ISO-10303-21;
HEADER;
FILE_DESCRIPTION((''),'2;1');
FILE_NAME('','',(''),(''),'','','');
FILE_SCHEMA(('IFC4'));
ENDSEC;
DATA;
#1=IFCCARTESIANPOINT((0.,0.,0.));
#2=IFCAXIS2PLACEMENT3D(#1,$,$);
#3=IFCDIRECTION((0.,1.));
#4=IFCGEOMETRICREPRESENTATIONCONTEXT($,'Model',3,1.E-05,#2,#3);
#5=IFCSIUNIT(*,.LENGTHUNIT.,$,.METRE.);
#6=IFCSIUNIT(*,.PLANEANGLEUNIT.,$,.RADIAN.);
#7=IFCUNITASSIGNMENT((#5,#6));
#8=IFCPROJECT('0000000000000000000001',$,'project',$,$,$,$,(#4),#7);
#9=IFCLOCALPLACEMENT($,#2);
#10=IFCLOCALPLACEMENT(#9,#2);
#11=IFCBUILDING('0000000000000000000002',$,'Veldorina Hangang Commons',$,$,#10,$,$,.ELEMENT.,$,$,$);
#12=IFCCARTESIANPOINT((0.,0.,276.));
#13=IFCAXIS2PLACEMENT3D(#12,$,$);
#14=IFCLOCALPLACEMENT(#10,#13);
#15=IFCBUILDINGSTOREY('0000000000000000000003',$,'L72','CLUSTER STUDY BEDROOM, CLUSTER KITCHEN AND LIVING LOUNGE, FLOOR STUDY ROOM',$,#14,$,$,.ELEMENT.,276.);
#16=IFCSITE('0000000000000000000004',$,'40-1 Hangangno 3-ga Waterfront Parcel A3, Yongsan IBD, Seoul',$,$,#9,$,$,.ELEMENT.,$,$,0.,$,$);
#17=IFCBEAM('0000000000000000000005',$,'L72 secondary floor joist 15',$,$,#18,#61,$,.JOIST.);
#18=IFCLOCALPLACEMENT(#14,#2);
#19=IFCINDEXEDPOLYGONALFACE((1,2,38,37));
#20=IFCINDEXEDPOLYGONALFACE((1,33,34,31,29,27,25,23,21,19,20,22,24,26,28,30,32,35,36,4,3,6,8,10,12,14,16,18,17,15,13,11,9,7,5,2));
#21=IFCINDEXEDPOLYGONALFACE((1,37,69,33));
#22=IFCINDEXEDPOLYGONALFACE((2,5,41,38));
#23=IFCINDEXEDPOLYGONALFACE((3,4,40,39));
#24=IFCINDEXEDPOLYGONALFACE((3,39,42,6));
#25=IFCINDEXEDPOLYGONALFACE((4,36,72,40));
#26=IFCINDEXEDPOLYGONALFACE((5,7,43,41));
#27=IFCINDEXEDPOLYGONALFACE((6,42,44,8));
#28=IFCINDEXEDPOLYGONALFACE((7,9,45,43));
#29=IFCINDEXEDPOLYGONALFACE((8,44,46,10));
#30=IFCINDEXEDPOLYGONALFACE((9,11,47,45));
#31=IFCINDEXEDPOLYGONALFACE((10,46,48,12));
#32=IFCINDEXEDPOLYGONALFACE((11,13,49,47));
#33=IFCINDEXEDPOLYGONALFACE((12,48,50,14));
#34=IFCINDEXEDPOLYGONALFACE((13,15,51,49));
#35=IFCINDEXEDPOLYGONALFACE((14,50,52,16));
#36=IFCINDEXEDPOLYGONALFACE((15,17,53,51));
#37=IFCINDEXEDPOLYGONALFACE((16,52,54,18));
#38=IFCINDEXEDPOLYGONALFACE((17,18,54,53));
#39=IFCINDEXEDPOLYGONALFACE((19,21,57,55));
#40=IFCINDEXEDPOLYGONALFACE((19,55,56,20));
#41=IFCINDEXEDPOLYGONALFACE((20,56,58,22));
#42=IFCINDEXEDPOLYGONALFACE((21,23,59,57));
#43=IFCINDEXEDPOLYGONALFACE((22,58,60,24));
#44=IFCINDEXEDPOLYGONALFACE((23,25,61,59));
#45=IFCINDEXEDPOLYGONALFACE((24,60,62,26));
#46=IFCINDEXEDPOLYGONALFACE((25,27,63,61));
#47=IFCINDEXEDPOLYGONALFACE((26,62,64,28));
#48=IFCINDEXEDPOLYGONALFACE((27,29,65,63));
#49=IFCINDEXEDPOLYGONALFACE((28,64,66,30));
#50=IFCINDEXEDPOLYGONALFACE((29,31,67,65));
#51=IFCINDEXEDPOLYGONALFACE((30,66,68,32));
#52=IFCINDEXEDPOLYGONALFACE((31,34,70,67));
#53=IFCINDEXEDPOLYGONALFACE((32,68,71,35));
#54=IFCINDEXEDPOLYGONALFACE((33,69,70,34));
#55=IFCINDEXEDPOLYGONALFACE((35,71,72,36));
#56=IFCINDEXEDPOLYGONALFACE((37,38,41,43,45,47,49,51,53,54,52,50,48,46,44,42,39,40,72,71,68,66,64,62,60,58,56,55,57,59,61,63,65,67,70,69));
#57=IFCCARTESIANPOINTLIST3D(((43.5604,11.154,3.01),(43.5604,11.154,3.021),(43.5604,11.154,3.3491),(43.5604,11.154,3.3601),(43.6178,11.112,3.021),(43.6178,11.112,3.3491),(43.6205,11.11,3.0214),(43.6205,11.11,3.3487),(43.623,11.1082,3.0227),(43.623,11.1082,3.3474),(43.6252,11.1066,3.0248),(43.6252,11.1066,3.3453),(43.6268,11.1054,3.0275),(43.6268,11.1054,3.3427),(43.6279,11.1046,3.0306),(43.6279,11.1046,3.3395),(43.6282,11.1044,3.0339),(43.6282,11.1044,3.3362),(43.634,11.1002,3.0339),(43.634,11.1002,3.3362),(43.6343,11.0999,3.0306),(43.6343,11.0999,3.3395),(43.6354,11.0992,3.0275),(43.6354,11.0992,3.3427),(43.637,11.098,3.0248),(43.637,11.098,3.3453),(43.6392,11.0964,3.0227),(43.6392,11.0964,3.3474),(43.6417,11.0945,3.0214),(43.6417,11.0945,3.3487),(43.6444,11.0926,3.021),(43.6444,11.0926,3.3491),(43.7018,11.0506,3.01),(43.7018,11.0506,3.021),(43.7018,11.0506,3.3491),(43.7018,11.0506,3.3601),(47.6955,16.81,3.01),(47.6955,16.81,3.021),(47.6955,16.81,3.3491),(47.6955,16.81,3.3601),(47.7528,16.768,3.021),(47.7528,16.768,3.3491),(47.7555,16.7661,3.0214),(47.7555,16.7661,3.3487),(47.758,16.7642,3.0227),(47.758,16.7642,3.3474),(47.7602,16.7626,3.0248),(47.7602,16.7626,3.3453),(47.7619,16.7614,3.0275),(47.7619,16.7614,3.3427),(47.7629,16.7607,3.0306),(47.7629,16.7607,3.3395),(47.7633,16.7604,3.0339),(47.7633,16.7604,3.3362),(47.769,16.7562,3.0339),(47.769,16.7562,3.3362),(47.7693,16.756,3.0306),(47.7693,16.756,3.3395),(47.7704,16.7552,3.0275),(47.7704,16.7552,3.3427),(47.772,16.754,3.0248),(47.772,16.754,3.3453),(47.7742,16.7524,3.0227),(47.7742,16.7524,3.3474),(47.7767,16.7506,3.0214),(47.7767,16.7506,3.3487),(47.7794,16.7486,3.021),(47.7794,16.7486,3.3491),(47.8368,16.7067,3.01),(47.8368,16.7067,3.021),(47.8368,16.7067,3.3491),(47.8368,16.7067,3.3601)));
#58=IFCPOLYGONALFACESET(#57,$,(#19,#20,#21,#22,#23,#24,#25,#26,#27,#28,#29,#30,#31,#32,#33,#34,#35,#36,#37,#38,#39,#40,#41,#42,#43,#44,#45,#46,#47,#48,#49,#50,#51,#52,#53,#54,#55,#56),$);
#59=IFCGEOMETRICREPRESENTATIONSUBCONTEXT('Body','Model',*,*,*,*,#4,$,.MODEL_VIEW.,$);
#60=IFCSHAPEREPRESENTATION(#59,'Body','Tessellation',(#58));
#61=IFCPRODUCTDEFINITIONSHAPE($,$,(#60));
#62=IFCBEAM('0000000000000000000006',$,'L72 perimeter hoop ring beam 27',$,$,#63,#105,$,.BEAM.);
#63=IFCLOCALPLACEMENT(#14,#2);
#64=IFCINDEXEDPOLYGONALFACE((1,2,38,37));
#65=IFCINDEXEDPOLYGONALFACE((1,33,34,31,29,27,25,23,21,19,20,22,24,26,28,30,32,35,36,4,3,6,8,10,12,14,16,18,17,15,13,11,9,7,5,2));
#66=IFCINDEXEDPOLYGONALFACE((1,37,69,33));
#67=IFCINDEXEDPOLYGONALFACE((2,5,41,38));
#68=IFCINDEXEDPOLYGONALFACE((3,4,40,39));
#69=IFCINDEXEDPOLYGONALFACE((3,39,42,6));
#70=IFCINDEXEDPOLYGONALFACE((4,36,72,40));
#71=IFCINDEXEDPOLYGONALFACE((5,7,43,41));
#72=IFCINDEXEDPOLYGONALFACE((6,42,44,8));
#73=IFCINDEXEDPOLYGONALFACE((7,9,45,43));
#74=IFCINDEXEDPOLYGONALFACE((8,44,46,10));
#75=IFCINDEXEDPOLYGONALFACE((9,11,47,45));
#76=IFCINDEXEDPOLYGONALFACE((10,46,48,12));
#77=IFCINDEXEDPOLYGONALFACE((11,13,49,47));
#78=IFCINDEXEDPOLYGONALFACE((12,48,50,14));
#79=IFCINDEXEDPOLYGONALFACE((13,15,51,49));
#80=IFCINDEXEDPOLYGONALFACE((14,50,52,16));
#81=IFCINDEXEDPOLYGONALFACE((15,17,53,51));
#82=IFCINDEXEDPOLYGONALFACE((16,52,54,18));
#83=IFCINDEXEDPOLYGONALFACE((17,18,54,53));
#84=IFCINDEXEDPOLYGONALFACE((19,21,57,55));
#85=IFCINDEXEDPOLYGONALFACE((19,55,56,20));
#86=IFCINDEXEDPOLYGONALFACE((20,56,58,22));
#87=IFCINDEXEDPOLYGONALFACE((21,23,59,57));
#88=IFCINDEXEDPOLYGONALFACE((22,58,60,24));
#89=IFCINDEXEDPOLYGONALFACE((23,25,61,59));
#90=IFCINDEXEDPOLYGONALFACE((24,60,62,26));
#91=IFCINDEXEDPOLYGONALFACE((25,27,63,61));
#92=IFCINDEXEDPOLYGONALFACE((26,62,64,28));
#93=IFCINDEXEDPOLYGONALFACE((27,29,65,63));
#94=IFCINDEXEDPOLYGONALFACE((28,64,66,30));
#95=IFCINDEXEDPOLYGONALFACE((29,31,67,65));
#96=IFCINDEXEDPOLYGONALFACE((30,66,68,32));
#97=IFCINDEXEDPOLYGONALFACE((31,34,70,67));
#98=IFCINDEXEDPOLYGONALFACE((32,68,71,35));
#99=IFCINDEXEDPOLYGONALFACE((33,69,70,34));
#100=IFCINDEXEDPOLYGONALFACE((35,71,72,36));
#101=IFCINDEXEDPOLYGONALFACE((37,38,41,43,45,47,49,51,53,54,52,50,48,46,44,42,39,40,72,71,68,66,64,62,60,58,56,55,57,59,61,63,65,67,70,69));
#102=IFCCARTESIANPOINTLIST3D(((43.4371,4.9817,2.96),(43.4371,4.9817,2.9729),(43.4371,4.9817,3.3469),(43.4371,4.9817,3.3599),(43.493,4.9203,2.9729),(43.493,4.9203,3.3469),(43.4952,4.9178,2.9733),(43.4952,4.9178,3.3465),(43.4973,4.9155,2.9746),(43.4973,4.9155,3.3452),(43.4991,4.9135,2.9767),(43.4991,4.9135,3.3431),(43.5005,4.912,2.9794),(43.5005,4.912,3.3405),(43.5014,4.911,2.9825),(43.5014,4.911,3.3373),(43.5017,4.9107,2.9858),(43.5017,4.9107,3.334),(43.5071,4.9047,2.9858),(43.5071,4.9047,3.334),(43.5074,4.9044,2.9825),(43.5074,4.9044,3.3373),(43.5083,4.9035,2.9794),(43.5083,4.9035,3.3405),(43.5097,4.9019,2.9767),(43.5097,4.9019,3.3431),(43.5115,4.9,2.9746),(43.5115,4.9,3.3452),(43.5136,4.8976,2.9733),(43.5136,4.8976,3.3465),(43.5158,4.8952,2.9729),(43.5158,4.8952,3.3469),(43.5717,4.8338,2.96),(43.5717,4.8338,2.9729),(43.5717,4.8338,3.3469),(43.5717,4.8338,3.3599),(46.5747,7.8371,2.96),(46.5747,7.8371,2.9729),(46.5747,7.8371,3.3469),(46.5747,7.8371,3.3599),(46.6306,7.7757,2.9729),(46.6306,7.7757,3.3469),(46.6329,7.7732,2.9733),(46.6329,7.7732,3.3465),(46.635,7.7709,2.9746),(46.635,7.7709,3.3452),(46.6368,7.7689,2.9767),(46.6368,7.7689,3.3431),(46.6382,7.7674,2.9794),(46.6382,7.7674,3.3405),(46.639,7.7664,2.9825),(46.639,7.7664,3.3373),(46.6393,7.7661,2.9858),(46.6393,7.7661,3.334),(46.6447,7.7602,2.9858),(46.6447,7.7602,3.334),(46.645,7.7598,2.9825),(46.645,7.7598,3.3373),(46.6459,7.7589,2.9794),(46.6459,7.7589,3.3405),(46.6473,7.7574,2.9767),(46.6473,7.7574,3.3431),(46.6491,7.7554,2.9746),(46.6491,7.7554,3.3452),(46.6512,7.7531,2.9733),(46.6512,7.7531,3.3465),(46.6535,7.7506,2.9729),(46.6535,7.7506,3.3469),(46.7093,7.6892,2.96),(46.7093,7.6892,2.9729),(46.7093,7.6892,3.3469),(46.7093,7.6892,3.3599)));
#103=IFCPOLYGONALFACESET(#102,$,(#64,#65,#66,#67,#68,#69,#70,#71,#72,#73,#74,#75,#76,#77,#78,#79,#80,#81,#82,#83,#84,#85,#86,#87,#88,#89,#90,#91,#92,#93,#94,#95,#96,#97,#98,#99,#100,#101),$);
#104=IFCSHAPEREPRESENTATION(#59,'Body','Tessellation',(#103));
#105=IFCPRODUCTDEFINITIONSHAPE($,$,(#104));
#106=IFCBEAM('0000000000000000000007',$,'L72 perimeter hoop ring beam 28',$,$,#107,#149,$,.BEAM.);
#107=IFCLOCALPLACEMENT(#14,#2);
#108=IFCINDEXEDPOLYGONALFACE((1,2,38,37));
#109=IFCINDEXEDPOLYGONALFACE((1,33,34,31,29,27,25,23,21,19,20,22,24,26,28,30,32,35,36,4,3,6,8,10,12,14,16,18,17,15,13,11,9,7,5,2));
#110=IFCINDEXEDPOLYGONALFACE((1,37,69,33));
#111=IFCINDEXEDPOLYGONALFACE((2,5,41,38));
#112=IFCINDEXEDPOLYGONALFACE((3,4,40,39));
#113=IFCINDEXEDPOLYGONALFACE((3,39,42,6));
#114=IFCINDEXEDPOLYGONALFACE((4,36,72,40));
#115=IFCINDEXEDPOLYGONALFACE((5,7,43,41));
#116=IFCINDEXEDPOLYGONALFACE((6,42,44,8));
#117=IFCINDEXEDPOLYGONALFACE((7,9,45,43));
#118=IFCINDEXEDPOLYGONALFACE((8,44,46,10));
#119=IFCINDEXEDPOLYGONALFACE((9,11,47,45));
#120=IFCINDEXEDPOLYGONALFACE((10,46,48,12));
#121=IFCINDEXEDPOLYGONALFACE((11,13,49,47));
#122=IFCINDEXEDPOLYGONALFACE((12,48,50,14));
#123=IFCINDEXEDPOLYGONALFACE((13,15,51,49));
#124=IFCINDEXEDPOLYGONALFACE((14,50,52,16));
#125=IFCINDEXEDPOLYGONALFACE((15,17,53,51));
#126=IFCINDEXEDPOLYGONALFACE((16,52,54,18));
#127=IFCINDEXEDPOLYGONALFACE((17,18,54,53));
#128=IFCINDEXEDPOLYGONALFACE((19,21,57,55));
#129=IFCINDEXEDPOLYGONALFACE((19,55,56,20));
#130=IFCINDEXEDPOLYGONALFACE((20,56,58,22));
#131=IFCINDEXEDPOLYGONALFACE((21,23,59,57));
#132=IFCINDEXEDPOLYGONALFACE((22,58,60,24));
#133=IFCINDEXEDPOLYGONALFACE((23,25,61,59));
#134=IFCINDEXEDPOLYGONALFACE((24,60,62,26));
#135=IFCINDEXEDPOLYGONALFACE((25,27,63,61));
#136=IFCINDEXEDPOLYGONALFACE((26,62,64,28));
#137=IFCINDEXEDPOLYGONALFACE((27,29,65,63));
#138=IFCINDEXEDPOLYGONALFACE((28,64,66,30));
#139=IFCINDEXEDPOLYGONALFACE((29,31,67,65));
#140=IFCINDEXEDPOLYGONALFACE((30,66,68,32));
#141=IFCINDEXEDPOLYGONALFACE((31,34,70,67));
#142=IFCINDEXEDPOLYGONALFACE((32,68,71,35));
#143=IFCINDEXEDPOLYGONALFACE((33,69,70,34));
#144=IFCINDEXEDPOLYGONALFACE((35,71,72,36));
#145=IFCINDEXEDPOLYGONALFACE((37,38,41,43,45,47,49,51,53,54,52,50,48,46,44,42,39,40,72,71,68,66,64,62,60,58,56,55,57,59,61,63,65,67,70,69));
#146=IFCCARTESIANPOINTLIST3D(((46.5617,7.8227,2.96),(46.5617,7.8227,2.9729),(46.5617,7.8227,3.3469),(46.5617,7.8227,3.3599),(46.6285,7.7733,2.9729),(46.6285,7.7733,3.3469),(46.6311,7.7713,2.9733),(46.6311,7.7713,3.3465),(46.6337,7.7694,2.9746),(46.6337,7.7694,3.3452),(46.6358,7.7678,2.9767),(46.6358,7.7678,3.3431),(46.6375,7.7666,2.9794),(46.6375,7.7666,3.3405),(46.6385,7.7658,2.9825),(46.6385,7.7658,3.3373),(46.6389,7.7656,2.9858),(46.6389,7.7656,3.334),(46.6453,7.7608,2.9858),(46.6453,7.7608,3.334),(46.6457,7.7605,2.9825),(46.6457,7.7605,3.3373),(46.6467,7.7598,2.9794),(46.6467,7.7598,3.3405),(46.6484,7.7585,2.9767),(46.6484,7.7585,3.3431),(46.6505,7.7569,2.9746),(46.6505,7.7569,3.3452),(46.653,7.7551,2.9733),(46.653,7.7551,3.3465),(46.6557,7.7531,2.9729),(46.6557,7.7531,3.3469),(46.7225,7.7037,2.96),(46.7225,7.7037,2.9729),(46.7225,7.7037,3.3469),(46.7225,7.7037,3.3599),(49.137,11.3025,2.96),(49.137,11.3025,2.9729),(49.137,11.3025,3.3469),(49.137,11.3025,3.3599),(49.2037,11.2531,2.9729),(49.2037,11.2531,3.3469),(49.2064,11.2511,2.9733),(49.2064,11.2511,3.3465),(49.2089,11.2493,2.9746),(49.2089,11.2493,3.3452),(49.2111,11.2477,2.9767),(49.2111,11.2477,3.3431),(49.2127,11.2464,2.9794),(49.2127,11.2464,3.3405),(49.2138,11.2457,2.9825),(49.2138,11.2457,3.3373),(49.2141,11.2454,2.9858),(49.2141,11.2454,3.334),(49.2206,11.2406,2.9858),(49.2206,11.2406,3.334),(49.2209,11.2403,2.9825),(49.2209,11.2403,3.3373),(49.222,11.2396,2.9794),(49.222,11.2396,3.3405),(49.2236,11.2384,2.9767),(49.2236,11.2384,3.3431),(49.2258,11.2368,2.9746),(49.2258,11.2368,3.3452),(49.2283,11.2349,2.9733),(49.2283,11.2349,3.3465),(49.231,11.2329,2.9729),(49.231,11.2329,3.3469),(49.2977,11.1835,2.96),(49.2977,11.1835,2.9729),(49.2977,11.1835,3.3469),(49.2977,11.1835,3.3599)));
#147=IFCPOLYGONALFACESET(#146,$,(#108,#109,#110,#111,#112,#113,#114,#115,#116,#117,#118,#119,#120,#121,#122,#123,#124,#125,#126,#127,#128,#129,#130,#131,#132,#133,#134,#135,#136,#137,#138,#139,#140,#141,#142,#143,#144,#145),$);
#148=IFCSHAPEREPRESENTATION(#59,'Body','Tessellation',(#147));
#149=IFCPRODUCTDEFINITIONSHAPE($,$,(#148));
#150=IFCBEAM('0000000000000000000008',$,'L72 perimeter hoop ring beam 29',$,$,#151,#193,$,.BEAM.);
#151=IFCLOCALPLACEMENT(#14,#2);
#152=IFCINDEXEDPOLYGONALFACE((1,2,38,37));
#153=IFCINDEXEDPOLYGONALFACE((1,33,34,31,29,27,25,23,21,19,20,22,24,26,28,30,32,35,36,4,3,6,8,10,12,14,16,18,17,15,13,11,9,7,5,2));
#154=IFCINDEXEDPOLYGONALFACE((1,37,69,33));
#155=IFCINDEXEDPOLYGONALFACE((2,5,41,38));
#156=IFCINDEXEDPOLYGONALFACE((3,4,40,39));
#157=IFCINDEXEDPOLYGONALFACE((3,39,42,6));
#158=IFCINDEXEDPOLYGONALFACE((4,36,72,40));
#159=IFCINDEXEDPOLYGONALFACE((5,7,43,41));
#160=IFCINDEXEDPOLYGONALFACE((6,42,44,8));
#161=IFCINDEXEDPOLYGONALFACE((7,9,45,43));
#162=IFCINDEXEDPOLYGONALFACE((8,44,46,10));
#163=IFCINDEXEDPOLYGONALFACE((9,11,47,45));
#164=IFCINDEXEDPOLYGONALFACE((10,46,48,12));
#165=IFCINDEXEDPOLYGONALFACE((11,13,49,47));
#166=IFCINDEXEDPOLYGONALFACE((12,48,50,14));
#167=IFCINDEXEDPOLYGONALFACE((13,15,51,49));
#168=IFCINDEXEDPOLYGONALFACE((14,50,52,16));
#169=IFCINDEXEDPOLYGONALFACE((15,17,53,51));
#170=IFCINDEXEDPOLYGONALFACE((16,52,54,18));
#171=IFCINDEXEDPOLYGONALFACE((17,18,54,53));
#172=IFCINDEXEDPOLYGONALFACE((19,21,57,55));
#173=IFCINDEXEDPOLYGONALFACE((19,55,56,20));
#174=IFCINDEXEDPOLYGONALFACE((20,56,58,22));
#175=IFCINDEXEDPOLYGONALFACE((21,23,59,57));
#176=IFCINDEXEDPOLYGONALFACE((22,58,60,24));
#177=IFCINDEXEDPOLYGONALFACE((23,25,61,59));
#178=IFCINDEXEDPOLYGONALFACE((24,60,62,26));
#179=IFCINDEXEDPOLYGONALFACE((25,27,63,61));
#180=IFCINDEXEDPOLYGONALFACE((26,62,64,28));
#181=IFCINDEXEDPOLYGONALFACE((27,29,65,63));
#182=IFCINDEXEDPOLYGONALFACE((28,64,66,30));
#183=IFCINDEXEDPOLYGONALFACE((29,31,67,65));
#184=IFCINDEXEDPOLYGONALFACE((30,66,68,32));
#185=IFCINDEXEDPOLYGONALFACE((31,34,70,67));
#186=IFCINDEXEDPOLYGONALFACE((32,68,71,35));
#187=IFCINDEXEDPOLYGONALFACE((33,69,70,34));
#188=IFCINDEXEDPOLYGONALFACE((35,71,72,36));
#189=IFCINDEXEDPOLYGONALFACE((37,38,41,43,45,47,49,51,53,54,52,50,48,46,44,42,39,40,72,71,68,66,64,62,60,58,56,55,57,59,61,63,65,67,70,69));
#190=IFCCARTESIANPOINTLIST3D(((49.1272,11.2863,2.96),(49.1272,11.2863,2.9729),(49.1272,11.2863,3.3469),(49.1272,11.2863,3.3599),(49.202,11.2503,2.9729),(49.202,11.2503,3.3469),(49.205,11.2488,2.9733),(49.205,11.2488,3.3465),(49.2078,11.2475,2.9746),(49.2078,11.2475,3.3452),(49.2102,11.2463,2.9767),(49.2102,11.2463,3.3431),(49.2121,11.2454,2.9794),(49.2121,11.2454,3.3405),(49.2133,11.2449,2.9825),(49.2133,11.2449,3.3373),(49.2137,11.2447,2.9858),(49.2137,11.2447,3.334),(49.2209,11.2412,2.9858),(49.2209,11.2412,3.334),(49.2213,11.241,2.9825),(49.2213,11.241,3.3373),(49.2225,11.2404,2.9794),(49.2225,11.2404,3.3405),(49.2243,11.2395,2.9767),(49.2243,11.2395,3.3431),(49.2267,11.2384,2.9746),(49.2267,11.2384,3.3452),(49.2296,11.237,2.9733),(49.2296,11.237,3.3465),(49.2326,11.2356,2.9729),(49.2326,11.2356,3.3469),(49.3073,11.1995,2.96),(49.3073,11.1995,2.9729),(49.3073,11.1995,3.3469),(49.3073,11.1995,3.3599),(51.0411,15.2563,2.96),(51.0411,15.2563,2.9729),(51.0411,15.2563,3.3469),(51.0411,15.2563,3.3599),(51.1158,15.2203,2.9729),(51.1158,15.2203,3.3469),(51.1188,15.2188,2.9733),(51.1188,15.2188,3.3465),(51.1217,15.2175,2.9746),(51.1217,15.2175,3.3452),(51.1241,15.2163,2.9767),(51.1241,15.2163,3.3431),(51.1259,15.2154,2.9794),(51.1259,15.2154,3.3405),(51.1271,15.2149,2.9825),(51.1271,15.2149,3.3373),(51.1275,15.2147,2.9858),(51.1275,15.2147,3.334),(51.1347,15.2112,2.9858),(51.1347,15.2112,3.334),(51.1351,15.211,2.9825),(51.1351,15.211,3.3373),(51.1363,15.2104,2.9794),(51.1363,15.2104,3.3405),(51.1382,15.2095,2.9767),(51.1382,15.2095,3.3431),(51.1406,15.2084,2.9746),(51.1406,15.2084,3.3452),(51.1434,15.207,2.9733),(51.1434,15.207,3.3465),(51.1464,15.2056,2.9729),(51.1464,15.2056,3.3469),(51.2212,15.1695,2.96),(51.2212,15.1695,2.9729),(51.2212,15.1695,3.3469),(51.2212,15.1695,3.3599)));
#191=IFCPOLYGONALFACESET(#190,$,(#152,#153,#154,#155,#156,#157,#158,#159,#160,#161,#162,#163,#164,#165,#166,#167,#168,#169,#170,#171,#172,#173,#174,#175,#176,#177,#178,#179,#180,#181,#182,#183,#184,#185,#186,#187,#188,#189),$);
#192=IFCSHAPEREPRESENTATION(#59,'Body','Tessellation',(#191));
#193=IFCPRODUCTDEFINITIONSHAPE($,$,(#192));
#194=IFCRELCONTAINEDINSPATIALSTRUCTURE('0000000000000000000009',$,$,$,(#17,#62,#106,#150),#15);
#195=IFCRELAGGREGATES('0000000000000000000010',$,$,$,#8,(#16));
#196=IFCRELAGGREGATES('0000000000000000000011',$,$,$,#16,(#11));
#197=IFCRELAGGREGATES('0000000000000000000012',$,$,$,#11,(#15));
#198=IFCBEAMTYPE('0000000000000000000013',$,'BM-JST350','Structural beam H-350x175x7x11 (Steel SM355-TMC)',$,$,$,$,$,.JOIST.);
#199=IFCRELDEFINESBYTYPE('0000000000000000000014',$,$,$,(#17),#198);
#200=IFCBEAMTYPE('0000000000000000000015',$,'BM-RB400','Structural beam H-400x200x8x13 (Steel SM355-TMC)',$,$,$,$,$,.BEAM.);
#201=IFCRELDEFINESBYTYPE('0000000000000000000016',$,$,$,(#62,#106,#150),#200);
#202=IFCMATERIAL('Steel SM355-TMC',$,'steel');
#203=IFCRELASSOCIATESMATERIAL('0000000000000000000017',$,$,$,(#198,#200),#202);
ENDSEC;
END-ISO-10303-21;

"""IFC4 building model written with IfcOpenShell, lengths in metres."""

from ifc_helpers import new_model, si_unit, direction, frame, origin, origin_2d, place, context, subcontext, project, spatial, i_section, extrude, material, material_profile, profile_set, type_object, element, save


model = new_model("IFC4")

# Units and contexts
model_context = context("Model", 3, precision=1e-05, world=origin(), true_north=direction((0.0, 1.0)))
body_context = subcontext(model_context, "Body", "Model", "MODEL_VIEW")
ifc_project = project(units=[si_unit("LENGTHUNIT", "METRE"), si_unit("PLANEANGLEUNIT", "RADIAN")], contexts=[model_context])

# Site, building, storey
site_placement = place(None, origin())
site = spatial("IfcSite", under=ifc_project, at=site_placement, Name="40-1 Hangangno 3-ga Waterfront Parcel A3, Yongsan IBD, Seoul", CompositionType="ELEMENT", RefElevation=0.0)
building_placement = place(site_placement, origin())
building = spatial("IfcBuilding", under=site, at=building_placement, Name="Veldorina Hangang Commons", CompositionType="ELEMENT")
storey_placement = place(building_placement, frame((0.0, 0.0, 276.0)))
storey = spatial("IfcBuildingStorey", under=building, at=storey_placement, Name="L72", Description="CLUSTER STUDY BEDROOM, CLUSTER KITCHEN AND LIVING LOUNGE, FLOOR STUDY ROOM", CompositionType="ELEMENT", Elevation=276.0)

# Beams
ifc_material_1 = material(Name="Steel SM355-TMC", Category="steel")
ifc_material_profile_1 = material_profile(ifc_material_1, i_section(OverallWidth=0.175, OverallDepth=0.3501, WebThickness=0.0071, FlangeThickness=0.011, FilletRadius=0.0129, at=origin_2d()), Name="H-350x175x7x11")
ifc_profile_set_1 = profile_set([ifc_material_profile_1], Name="Steel SM355-TMC")
beam_type_1 = type_object("IfcBeamType", Name="BM-JST350", Description="Structural beam H-350x175x7x11 (Steel SM355-TMC)", PredefinedType="JOIST", material=ifc_profile_set_1)
beam_1_placement = place(storey_placement, frame((43.6311, 11.1023, 3.1851), z_axis=(0.590182, 0.80727, 0.0), x_axis=(-0.80727, 0.590182, 0.0)))
element("IfcBeam", 1, at=beam_1_placement, inside=storey, type_object=beam_type_1, Name="L72 secondary floor joist 15", PredefinedType="JOIST", context=body_context, shape_type="SweptSolid", body=[
    extrude(i_section(OverallWidth=0.175, OverallDepth=0.3501, WebThickness=0.0071, FlangeThickness=0.011, FilletRadius=0.0129, at=origin_2d()), origin(), (0.0, 0.0, 1.0), 7.0063),
])
ifc_material_profile_2 = material_profile(ifc_material_1, i_section(OverallWidth=0.2, OverallDepth=0.3999, WebThickness=0.0081, FlangeThickness=0.0129, FilletRadius=0.0129, at=origin_2d()), Name="H-400x200x8x13")
ifc_profile_set_2 = profile_set([ifc_material_profile_2], Name="Steel SM355-TMC")
beam_type_2 = type_object("IfcBeamType", Name="BM-RB400", Description="Structural beam H-400x200x8x13 (Steel SM355-TMC)", PredefinedType="BEAM", material=ifc_profile_set_2)
beam_2_placement = place(storey_placement, frame((43.5044, 4.9077, 3.1599), z_axis=(0.739586, 0.673062, 0.0), x_axis=(-0.673062, 0.739586, 0.0)))
element("IfcBeam", 2, at=beam_2_placement, inside=storey, type_object=beam_type_2, Name="L72 perimeter hoop ring beam 27", PredefinedType="BEAM", context=body_context, shape_type="SweptSolid", body=[
    extrude(i_section(OverallWidth=0.2, OverallDepth=0.3999, WebThickness=0.0081, FlangeThickness=0.0129, FilletRadius=0.0129, at=origin_2d()), origin(), (0.0, 0.0, 1.0), 4.2424),
])
beam_3_placement = place(storey_placement, frame((46.6421, 7.7632, 3.1599), z_axis=(0.594871, 0.803821, 0.0), x_axis=(-0.803821, 0.594871, 0.0)))
element("IfcBeam", 3, at=beam_3_placement, inside=storey, type_object=beam_type_2, Name="L72 perimeter hoop ring beam 28", PredefinedType="BEAM", context=body_context, shape_type="SweptSolid", body=[
    extrude(i_section(OverallWidth=0.2, OverallDepth=0.3999, WebThickness=0.0081, FlangeThickness=0.0129, FilletRadius=0.0129, at=origin_2d()), origin(), (0.0, 0.0, 1.0), 4.3291),
])
beam_4_placement = place(storey_placement, frame((49.2173, 11.2429, 3.1599), z_axis=(0.434249, 0.900793, 0.0), x_axis=(-0.900793, 0.434249, 0.0)))
element("IfcBeam", 4, at=beam_4_placement, inside=storey, type_object=beam_type_2, Name="L72 perimeter hoop ring beam 29", PredefinedType="BEAM", context=body_context, shape_type="SweptSolid", body=[
    extrude(i_section(OverallWidth=0.2, OverallDepth=0.3999, WebThickness=0.0081, FlangeThickness=0.0129, FilletRadius=0.0129, at=origin_2d()), origin(), (0.0, 0.0, 1.0), 4.4072),
])

save(model, "model.ifc")
